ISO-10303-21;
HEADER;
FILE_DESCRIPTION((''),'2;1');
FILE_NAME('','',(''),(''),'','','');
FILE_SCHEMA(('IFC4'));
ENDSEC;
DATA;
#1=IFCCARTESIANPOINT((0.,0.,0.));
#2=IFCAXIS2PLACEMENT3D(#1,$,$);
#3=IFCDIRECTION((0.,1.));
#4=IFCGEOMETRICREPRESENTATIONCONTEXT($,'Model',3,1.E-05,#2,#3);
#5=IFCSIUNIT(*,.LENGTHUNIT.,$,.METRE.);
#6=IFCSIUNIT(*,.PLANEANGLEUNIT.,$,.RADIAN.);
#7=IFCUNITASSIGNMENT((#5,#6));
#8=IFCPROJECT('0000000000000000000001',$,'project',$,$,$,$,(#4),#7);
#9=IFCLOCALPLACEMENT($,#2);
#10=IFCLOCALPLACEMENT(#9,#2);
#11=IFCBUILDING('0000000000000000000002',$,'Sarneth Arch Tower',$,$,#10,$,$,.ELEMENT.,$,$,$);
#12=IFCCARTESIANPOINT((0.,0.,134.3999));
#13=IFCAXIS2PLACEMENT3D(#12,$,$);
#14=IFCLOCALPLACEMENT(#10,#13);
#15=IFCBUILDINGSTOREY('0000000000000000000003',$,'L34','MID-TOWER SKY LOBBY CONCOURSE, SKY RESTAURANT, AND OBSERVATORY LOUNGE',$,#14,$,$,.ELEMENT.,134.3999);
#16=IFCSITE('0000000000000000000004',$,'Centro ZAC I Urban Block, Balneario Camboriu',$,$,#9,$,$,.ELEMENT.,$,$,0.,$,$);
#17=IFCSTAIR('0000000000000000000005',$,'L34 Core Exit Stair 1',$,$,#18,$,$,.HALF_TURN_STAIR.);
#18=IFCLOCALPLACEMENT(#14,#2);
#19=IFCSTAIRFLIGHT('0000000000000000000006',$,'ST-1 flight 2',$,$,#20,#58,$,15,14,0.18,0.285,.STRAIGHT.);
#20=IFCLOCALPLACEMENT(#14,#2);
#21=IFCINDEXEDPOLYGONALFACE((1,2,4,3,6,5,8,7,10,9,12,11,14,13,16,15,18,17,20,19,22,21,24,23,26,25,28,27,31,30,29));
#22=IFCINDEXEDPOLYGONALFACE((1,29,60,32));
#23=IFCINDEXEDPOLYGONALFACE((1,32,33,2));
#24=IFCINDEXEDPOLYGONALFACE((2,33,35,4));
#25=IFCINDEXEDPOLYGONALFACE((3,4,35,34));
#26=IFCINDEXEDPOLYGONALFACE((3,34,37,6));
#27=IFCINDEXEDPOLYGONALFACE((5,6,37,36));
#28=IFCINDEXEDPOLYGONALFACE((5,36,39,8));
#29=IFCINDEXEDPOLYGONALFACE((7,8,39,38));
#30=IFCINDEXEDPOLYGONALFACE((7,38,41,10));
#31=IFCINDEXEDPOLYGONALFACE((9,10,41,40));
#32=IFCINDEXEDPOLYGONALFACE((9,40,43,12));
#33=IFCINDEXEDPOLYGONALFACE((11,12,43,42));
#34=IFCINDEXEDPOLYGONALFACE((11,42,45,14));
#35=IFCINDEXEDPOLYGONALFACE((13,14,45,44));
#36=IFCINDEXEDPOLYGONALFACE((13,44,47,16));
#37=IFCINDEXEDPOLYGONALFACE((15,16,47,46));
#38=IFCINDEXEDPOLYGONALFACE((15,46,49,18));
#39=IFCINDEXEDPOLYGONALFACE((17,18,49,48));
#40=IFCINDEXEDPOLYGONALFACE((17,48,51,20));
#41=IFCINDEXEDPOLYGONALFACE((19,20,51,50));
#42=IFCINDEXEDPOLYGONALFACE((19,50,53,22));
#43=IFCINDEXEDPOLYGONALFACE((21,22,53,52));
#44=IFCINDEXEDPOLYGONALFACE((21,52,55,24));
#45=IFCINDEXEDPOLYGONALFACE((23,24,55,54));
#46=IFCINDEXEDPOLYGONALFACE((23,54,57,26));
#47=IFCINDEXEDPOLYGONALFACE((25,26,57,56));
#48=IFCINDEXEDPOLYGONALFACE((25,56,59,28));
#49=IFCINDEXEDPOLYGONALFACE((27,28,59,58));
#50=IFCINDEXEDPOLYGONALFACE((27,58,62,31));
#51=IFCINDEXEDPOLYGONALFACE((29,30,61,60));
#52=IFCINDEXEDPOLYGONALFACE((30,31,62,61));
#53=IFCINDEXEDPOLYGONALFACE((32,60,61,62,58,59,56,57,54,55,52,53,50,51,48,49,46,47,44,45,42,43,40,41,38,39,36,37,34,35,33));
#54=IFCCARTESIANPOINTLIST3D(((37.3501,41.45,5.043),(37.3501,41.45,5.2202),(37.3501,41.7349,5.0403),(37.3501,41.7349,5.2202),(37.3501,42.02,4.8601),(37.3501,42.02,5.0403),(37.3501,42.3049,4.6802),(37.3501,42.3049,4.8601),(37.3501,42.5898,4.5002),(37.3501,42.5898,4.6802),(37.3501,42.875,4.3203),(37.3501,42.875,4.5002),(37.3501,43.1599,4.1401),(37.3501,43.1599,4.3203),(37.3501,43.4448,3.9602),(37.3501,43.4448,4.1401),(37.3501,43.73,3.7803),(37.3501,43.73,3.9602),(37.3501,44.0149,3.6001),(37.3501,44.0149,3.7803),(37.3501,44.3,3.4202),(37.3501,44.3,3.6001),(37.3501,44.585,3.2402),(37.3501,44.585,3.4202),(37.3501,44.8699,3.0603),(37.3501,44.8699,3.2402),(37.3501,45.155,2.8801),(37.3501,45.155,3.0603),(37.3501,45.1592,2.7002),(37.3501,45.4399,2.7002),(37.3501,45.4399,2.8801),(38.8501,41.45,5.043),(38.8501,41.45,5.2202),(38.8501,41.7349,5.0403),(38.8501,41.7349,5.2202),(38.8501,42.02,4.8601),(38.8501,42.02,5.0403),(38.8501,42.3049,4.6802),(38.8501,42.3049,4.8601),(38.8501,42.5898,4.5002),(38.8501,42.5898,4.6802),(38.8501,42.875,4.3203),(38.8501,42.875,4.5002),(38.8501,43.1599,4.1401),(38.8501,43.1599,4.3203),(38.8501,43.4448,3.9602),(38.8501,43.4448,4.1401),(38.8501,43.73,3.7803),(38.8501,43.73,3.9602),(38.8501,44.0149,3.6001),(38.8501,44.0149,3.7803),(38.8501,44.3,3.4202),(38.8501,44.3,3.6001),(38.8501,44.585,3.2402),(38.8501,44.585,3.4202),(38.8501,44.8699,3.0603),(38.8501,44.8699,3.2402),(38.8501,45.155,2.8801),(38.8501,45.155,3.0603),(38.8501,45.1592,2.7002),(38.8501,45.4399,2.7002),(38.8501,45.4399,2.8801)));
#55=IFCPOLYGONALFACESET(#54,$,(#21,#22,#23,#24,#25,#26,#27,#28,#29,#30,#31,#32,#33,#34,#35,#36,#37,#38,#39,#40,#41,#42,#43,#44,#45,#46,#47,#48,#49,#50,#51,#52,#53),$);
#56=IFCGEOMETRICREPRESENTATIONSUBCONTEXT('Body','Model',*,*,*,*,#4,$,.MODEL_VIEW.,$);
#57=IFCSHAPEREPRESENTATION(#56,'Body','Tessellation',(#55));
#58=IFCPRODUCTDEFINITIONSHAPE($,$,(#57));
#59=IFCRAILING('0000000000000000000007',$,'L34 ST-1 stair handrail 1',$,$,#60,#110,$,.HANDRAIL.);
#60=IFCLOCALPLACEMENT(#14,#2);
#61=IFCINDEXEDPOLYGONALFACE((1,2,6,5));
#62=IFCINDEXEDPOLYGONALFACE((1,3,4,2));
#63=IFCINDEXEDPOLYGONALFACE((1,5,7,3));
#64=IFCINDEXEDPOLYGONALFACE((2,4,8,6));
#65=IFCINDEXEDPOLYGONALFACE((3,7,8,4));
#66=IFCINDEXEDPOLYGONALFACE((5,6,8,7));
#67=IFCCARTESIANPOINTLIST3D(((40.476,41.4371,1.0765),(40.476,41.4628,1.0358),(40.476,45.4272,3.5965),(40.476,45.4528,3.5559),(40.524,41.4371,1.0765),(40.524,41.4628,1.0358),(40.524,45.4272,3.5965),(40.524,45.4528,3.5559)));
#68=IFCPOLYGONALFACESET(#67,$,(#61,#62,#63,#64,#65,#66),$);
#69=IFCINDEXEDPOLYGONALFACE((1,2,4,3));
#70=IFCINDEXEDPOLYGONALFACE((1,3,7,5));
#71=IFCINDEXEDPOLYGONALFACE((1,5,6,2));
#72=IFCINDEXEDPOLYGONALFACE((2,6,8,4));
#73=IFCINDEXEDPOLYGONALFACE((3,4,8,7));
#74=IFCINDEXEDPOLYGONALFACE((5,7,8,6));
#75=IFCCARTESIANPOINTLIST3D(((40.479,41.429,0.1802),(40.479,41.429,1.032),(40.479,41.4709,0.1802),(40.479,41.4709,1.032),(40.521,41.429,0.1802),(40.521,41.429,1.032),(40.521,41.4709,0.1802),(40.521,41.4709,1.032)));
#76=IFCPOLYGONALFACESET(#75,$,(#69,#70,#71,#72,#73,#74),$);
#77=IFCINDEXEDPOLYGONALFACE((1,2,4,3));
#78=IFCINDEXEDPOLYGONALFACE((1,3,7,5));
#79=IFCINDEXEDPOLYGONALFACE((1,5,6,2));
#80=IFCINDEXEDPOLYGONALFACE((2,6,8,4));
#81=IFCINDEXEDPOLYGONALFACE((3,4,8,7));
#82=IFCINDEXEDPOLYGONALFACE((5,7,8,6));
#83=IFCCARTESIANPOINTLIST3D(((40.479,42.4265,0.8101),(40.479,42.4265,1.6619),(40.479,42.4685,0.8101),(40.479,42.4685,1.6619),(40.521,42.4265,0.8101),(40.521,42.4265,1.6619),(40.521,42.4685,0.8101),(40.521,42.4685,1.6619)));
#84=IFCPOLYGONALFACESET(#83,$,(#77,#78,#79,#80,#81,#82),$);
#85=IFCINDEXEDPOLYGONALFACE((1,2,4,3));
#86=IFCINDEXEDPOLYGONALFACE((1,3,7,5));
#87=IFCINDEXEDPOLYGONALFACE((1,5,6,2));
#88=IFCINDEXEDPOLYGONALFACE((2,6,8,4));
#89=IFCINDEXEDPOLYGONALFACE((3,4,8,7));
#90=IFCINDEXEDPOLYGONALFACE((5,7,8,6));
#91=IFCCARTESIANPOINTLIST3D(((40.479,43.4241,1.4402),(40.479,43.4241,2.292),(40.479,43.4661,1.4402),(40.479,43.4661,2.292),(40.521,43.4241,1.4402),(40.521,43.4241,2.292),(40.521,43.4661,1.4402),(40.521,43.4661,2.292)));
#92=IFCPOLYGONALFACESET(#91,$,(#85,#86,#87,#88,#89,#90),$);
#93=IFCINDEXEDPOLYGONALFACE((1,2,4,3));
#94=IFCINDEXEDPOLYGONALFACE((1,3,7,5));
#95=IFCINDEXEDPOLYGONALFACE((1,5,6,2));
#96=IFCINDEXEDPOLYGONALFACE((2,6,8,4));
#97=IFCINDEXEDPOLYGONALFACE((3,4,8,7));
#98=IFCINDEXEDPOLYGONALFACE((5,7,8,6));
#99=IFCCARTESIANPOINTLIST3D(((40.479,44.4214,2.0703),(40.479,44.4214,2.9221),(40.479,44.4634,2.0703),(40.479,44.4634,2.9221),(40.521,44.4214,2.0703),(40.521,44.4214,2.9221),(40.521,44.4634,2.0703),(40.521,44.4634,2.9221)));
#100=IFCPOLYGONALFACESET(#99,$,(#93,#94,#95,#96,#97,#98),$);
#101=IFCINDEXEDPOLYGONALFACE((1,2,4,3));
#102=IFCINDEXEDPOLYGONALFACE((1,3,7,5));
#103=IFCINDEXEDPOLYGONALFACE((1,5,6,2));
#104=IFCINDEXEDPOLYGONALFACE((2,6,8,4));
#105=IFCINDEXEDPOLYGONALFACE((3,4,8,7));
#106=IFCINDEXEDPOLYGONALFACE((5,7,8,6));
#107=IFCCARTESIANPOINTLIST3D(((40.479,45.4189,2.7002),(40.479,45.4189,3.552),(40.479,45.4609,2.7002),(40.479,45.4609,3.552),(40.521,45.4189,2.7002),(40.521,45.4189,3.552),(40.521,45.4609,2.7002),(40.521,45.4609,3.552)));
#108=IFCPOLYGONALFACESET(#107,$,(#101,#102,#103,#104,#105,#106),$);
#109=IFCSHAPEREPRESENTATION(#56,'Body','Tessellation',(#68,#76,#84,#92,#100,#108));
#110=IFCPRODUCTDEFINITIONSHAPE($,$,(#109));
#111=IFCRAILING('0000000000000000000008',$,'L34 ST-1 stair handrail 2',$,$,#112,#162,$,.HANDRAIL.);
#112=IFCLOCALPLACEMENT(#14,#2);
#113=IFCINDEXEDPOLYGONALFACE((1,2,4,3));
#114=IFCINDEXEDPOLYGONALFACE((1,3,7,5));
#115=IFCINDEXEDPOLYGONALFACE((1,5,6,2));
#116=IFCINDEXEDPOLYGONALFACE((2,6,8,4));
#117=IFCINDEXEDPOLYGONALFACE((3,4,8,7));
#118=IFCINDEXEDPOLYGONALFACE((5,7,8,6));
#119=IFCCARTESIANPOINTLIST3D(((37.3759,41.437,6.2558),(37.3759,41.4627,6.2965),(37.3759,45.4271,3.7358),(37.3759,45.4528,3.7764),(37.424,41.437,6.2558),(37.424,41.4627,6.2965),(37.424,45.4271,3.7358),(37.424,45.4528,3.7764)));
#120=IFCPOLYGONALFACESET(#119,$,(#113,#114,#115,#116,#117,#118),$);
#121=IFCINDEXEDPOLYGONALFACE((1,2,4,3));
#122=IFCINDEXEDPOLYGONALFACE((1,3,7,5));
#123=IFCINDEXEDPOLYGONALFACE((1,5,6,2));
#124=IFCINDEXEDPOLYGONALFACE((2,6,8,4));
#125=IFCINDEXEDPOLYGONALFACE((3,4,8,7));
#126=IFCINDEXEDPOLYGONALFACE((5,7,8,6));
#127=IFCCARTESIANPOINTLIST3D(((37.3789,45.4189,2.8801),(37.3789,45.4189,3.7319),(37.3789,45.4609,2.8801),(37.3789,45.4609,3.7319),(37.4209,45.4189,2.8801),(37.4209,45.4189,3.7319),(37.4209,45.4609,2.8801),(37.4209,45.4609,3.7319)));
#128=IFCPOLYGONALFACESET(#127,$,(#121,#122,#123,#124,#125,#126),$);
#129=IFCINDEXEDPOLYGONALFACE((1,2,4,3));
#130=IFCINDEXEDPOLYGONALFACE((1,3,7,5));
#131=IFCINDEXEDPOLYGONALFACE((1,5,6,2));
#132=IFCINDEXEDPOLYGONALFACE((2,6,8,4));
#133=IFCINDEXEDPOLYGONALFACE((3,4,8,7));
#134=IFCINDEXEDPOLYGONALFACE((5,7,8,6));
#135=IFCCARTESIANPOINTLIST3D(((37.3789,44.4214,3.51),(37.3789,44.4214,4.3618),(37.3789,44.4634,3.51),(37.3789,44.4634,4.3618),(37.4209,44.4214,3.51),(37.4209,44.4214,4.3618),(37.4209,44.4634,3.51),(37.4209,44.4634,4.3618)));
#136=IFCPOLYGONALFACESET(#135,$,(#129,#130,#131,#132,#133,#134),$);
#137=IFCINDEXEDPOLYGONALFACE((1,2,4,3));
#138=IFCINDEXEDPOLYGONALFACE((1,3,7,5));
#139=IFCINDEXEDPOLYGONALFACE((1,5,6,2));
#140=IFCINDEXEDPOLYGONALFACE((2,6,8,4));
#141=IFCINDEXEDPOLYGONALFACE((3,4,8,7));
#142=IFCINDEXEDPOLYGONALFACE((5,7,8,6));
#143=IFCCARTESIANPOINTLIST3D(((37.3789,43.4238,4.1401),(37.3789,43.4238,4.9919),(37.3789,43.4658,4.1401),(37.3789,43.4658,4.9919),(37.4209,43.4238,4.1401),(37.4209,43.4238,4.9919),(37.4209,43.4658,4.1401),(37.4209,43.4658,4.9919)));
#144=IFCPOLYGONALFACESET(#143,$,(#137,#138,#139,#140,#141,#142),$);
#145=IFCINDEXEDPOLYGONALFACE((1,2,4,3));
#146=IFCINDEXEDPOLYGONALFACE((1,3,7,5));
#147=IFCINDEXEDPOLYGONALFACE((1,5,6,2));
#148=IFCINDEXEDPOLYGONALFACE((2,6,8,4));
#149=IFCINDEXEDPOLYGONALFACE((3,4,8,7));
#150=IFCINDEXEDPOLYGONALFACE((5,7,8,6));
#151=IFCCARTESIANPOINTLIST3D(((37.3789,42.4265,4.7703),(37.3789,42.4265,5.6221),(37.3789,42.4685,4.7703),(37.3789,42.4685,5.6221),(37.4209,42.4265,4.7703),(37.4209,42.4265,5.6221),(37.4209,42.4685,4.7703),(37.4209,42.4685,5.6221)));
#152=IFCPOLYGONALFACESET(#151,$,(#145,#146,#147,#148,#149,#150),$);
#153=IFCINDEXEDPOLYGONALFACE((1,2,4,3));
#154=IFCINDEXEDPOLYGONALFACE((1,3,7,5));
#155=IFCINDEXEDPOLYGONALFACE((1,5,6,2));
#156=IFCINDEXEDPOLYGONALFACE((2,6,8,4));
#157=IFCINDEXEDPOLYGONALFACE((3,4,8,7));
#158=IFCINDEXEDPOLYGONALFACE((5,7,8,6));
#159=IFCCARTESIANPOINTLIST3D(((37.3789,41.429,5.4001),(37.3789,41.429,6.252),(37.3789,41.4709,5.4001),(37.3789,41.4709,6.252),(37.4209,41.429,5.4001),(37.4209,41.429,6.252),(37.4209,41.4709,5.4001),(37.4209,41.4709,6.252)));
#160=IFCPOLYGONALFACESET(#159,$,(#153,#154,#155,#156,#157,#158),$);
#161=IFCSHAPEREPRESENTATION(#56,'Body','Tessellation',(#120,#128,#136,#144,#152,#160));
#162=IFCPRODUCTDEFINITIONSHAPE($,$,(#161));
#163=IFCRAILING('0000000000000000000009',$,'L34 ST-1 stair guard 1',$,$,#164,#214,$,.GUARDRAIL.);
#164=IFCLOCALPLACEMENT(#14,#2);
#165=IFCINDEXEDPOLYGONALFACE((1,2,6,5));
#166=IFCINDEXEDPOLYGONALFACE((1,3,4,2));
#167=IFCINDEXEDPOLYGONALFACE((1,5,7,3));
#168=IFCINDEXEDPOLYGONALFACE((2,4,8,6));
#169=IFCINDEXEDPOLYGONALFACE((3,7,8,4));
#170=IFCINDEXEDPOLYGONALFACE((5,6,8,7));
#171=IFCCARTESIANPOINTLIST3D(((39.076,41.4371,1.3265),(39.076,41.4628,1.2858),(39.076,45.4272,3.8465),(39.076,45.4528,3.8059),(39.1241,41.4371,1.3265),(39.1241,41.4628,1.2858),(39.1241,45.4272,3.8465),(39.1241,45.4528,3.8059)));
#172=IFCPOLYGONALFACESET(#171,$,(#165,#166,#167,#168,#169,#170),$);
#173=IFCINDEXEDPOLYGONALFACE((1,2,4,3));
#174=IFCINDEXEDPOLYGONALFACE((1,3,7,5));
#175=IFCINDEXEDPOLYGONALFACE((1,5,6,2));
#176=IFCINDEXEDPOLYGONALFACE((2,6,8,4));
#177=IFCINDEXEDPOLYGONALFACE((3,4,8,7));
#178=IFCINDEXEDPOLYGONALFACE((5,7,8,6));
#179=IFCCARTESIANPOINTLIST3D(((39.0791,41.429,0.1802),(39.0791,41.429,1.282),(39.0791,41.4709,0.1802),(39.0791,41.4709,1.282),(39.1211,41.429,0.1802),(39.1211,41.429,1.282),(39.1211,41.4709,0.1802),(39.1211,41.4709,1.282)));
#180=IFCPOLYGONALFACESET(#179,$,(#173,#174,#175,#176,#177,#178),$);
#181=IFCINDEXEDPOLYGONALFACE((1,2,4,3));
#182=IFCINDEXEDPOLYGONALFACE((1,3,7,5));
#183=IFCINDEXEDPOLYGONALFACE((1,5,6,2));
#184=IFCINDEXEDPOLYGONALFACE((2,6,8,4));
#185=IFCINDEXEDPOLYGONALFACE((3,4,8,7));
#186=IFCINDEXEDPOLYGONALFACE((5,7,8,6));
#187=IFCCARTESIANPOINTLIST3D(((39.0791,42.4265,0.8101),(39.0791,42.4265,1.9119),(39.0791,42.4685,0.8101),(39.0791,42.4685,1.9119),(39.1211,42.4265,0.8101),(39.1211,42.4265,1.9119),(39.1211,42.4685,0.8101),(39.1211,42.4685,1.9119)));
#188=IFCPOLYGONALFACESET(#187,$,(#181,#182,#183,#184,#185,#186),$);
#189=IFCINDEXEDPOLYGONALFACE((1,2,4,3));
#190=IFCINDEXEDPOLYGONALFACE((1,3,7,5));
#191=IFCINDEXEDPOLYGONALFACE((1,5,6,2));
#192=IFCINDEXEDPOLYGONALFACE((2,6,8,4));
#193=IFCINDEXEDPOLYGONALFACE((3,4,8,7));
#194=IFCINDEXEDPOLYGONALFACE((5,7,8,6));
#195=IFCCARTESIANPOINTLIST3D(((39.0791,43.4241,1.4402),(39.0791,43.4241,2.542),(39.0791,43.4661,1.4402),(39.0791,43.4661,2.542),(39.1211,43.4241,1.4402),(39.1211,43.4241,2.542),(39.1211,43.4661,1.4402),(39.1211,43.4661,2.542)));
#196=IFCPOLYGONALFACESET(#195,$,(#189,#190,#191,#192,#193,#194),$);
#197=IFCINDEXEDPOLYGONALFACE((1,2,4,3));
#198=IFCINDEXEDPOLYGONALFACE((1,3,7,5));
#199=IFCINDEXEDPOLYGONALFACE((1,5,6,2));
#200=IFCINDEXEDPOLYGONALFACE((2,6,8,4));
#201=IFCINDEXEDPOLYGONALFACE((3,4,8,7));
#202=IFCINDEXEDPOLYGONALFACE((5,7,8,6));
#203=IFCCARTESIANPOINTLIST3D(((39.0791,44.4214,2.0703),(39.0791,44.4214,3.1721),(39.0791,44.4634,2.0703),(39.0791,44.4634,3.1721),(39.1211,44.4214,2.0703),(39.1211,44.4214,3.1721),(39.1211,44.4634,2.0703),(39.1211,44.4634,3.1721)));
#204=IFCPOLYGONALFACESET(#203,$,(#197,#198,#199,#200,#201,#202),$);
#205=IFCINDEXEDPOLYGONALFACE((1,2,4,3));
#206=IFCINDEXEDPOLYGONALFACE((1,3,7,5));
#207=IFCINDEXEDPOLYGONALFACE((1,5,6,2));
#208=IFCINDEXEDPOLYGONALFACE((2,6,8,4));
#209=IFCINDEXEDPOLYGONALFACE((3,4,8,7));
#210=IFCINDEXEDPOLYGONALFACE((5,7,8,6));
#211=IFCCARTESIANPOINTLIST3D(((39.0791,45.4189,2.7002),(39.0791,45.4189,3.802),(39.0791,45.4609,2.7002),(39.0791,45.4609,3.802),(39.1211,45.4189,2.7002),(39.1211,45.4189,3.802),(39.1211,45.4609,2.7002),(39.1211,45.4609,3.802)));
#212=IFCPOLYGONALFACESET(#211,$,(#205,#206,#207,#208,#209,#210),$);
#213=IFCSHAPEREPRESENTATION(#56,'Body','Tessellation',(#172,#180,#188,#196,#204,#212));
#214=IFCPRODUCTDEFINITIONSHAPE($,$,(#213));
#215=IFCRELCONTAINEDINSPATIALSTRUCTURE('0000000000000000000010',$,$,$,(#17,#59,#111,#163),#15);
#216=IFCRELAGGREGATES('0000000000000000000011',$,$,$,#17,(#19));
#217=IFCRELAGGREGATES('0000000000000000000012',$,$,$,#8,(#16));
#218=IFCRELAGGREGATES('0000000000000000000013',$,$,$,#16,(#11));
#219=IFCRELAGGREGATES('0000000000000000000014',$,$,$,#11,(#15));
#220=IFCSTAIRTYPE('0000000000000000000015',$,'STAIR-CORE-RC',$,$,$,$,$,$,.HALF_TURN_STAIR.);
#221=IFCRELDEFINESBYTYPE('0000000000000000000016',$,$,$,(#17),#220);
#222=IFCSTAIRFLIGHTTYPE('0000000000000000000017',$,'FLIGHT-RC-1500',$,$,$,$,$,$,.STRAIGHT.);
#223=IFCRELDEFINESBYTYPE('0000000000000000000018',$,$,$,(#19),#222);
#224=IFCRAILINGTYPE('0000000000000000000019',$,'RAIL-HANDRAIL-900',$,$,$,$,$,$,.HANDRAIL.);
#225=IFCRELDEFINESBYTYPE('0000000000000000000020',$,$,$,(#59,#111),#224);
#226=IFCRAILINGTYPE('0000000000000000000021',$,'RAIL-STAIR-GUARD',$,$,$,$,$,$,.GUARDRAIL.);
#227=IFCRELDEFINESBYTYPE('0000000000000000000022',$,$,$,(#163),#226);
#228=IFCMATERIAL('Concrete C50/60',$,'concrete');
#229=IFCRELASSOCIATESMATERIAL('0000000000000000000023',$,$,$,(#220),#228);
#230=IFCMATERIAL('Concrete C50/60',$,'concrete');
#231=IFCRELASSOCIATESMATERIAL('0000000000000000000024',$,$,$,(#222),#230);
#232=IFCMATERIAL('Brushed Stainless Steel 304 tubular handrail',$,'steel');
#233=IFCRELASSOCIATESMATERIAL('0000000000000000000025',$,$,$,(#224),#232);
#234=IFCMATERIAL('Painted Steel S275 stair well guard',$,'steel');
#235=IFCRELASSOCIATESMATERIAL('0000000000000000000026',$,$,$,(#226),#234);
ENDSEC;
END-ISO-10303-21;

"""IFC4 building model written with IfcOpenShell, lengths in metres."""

from ifc_helpers import new_model, si_unit, direction, frame, origin, origin_2d, place, context, subcontext, project, spatial, polyline, rectangle, outline, extrude, material, type_object, element, aggregate, save


model = new_model("IFC4")

# Units and contexts
model_context = context("Model", 3, precision=1e-05, world=origin(), true_north=direction((0.0, 1.0)))
body_context = subcontext(model_context, "Body", "Model", "MODEL_VIEW")
ifc_project = project(units=[si_unit("LENGTHUNIT", "METRE"), si_unit("PLANEANGLEUNIT", "RADIAN")], contexts=[model_context])

# Site, building, storey
site_placement = place(None, origin())
site = spatial("IfcSite", under=ifc_project, at=site_placement, Name="Centro ZAC I Urban Block, Balneario Camboriu", CompositionType="ELEMENT", RefElevation=0.0)
building_placement = place(site_placement, origin())
building = spatial("IfcBuilding", under=site, at=building_placement, Name="Sarneth Arch Tower", CompositionType="ELEMENT")
storey_placement = place(building_placement, frame((0.0, 0.0, 134.3999)))
storey = spatial("IfcBuildingStorey", under=building, at=storey_placement, Name="L34", Description="MID-TOWER SKY LOBBY CONCOURSE, SKY RESTAURANT, AND OBSERVATORY LOUNGE", CompositionType="ELEMENT", Elevation=134.3999)

# Stair, stair flight
ifc_material_1 = material(Name="Concrete C50/60", Category="concrete")
stair_type = type_object("IfcStairType", Name="STAIR-CORE-RC", PredefinedType="HALF_TURN_STAIR", material=ifc_material_1)
stair_placement = place(storey_placement, origin())
stair = element("IfcStair", 1, at=stair_placement, inside=storey, type_object=stair_type, Name="L34 Core Exit Stair 1", PredefinedType="HALF_TURN_STAIR")
ifc_material_2 = material(Name="Concrete C50/60", Category="concrete")
stair_flight_type = type_object("IfcStairFlightType", Name="FLIGHT-RC-1500", PredefinedType="STRAIGHT", material=ifc_material_2)
stair_flight_1_placement = place(storey_placement, frame((38.1001, 45.4399, 2.7002), z_axis=(0.0, 0.0, 1.0), x_axis=(0.0, -1.0, 0.0)))
stair_flight_1 = element("IfcStairFlight", 2, at=stair_flight_1_placement, type_object=stair_flight_type, Name="ST-1 flight 2", NumberOfRisers=15, NumberOfTreads=14, PredefinedType="STRAIGHT", RiserHeight=0.18, TreadLength=0.285, context=body_context, shape_type="SweptSolid", body=[
    extrude(outline(polyline([(0.0, 0.0), (0.0, 0.1799), (0.2849, 0.1799), (0.2849, 0.3601), (0.5701, 0.3601), (0.5701, 0.54), (0.855, 0.54), (0.855, 0.72), (1.1399, 0.72), (1.1399, 0.8999), (1.425, 0.8999), (1.425, 1.0801), (1.71, 1.0801), (1.71, 1.26), (1.9951, 1.26), (1.9951, 1.4399), (2.28, 1.4399), (2.28, 1.6201), (2.5649, 1.6201), (2.5649, 1.8), (2.8501, 1.8), (2.8501, 1.98), (3.135, 1.98), (3.135, 2.1599), (3.4199, 2.1599), (3.4199, 2.3401), (3.7051, 2.3401), (3.7051, 2.52), (3.99, 2.52), (3.99, 2.7), (3.99, 2.3428), (0.2808, 0.0), (0.0, 0.0)])), frame((0.0, 0.75, 0.0), z_axis=(0.0, -1.0, 0.0), x_axis=(1.0, 0.0, 0.0)), (0.0, 0.0, 1.0), 1.5),
])
aggregate(stair, [stair_flight_1])

# Railings
ifc_material_3 = material(Name="Brushed Stainless Steel 304 tubular handrail", Category="steel")
railing_type_1 = type_object("IfcRailingType", Name="RAIL-HANDRAIL-900", PredefinedType="HANDRAIL", material=ifc_material_3)
railing_1_placement = place(storey_placement, frame((40.5, 41.45, 0.1802)))
element("IfcRailing", 3, at=railing_1_placement, inside=storey, type_object=railing_type_1, Name="L34 ST-1 stair handrail 1", PredefinedType="HANDRAIL", context=body_context, shape_type="SweptSolid", body=[
    extrude(rectangle(XDim=0.0481, YDim=0.0481, at=origin_2d()), frame((0.0, 0.0, 0.876), z_axis=(0.0, 0.845486, 0.533997), x_axis=(-1.0, 0.0, 0.0)), (0.0, 0.0, 1.0), 4.7192),
    extrude(rectangle(XDim=0.042, YDim=0.042, at=origin_2d()), origin(), (0.0, 0.0, 1.0), 0.8518),
    extrude(rectangle(XDim=0.042, YDim=0.042, at=origin_2d()), frame((0.0, 0.9976, 0.6299)), (0.0, 0.0, 1.0), 0.8518),
    extrude(rectangle(XDim=0.042, YDim=0.042, at=origin_2d()), frame((0.0, 1.9951, 1.26)), (0.0, 0.0, 1.0), 0.8518),
    extrude(rectangle(XDim=0.042, YDim=0.042, at=origin_2d()), frame((0.0, 2.9924, 1.8901)), (0.0, 0.0, 1.0), 0.8518),
    extrude(rectangle(XDim=0.042, YDim=0.042, at=origin_2d()), frame((0.0, 3.99, 2.52)), (0.0, 0.0, 1.0), 0.8518),
])
railing_2_placement = place(storey_placement, frame((37.3999, 45.4399, 2.8801)))
element("IfcRailing", 4, at=railing_2_placement, inside=storey, type_object=railing_type_1, Name="L34 ST-1 stair handrail 2", PredefinedType="HANDRAIL", context=body_context, shape_type="SweptSolid", body=[
    extrude(rectangle(XDim=0.0481, YDim=0.0481, at=origin_2d()), frame((0.0, 0.0, 0.876), z_axis=(0.0, -0.845486, 0.533997), x_axis=(1.0, 0.0, 0.0)), (0.0, 0.0, 1.0), 4.7192),
    extrude(rectangle(XDim=0.042, YDim=0.042, at=origin_2d()), origin(), (0.0, 0.0, 1.0), 0.8518),
    extrude(rectangle(XDim=0.042, YDim=0.042, at=origin_2d()), frame((0.0, -0.9976, 0.6299)), (0.0, 0.0, 1.0), 0.8518),
    extrude(rectangle(XDim=0.042, YDim=0.042, at=origin_2d()), frame((0.0, -1.9951, 1.26)), (0.0, 0.0, 1.0), 0.8518),
    extrude(rectangle(XDim=0.042, YDim=0.042, at=origin_2d()), frame((0.0, -2.9924, 1.8901)), (0.0, 0.0, 1.0), 0.8518),
    extrude(rectangle(XDim=0.042, YDim=0.042, at=origin_2d()), frame((0.0, -3.99, 2.52)), (0.0, 0.0, 1.0), 0.8518),
])
ifc_material_4 = material(Name="Painted Steel S275 stair well guard", Category="steel")
railing_type_2 = type_object("IfcRailingType", Name="RAIL-STAIR-GUARD", PredefinedType="GUARDRAIL", material=ifc_material_4)
railing_3_placement = place(storey_placement, frame((39.1001, 41.45, 0.1802)))
element("IfcRailing", 5, at=railing_3_placement, inside=storey, type_object=railing_type_2, Name="L34 ST-1 stair guard 1", PredefinedType="GUARDRAIL", context=body_context, shape_type="SweptSolid", body=[
    extrude(rectangle(XDim=0.0481, YDim=0.0481, at=origin_2d()), frame((0.0, 0.0, 1.126), z_axis=(0.0, 0.845486, 0.533997), x_axis=(-1.0, 0.0, 0.0)), (0.0, 0.0, 1.0), 4.7192),
    extrude(rectangle(XDim=0.042, YDim=0.042, at=origin_2d()), origin(), (0.0, 0.0, 1.0), 1.1018),
    extrude(rectangle(XDim=0.042, YDim=0.042, at=origin_2d()), frame((0.0, 0.9976, 0.6299)), (0.0, 0.0, 1.0), 1.1018),
    extrude(rectangle(XDim=0.042, YDim=0.042, at=origin_2d()), frame((0.0, 1.9951, 1.26)), (0.0, 0.0, 1.0), 1.1018),
    extrude(rectangle(XDim=0.042, YDim=0.042, at=origin_2d()), frame((0.0, 2.9924, 1.8901)), (0.0, 0.0, 1.0), 1.1018),
    extrude(rectangle(XDim=0.042, YDim=0.042, at=origin_2d()), frame((0.0, 3.99, 2.52)), (0.0, 0.0, 1.0), 1.1018),
])

save(model, "model.ifc")
